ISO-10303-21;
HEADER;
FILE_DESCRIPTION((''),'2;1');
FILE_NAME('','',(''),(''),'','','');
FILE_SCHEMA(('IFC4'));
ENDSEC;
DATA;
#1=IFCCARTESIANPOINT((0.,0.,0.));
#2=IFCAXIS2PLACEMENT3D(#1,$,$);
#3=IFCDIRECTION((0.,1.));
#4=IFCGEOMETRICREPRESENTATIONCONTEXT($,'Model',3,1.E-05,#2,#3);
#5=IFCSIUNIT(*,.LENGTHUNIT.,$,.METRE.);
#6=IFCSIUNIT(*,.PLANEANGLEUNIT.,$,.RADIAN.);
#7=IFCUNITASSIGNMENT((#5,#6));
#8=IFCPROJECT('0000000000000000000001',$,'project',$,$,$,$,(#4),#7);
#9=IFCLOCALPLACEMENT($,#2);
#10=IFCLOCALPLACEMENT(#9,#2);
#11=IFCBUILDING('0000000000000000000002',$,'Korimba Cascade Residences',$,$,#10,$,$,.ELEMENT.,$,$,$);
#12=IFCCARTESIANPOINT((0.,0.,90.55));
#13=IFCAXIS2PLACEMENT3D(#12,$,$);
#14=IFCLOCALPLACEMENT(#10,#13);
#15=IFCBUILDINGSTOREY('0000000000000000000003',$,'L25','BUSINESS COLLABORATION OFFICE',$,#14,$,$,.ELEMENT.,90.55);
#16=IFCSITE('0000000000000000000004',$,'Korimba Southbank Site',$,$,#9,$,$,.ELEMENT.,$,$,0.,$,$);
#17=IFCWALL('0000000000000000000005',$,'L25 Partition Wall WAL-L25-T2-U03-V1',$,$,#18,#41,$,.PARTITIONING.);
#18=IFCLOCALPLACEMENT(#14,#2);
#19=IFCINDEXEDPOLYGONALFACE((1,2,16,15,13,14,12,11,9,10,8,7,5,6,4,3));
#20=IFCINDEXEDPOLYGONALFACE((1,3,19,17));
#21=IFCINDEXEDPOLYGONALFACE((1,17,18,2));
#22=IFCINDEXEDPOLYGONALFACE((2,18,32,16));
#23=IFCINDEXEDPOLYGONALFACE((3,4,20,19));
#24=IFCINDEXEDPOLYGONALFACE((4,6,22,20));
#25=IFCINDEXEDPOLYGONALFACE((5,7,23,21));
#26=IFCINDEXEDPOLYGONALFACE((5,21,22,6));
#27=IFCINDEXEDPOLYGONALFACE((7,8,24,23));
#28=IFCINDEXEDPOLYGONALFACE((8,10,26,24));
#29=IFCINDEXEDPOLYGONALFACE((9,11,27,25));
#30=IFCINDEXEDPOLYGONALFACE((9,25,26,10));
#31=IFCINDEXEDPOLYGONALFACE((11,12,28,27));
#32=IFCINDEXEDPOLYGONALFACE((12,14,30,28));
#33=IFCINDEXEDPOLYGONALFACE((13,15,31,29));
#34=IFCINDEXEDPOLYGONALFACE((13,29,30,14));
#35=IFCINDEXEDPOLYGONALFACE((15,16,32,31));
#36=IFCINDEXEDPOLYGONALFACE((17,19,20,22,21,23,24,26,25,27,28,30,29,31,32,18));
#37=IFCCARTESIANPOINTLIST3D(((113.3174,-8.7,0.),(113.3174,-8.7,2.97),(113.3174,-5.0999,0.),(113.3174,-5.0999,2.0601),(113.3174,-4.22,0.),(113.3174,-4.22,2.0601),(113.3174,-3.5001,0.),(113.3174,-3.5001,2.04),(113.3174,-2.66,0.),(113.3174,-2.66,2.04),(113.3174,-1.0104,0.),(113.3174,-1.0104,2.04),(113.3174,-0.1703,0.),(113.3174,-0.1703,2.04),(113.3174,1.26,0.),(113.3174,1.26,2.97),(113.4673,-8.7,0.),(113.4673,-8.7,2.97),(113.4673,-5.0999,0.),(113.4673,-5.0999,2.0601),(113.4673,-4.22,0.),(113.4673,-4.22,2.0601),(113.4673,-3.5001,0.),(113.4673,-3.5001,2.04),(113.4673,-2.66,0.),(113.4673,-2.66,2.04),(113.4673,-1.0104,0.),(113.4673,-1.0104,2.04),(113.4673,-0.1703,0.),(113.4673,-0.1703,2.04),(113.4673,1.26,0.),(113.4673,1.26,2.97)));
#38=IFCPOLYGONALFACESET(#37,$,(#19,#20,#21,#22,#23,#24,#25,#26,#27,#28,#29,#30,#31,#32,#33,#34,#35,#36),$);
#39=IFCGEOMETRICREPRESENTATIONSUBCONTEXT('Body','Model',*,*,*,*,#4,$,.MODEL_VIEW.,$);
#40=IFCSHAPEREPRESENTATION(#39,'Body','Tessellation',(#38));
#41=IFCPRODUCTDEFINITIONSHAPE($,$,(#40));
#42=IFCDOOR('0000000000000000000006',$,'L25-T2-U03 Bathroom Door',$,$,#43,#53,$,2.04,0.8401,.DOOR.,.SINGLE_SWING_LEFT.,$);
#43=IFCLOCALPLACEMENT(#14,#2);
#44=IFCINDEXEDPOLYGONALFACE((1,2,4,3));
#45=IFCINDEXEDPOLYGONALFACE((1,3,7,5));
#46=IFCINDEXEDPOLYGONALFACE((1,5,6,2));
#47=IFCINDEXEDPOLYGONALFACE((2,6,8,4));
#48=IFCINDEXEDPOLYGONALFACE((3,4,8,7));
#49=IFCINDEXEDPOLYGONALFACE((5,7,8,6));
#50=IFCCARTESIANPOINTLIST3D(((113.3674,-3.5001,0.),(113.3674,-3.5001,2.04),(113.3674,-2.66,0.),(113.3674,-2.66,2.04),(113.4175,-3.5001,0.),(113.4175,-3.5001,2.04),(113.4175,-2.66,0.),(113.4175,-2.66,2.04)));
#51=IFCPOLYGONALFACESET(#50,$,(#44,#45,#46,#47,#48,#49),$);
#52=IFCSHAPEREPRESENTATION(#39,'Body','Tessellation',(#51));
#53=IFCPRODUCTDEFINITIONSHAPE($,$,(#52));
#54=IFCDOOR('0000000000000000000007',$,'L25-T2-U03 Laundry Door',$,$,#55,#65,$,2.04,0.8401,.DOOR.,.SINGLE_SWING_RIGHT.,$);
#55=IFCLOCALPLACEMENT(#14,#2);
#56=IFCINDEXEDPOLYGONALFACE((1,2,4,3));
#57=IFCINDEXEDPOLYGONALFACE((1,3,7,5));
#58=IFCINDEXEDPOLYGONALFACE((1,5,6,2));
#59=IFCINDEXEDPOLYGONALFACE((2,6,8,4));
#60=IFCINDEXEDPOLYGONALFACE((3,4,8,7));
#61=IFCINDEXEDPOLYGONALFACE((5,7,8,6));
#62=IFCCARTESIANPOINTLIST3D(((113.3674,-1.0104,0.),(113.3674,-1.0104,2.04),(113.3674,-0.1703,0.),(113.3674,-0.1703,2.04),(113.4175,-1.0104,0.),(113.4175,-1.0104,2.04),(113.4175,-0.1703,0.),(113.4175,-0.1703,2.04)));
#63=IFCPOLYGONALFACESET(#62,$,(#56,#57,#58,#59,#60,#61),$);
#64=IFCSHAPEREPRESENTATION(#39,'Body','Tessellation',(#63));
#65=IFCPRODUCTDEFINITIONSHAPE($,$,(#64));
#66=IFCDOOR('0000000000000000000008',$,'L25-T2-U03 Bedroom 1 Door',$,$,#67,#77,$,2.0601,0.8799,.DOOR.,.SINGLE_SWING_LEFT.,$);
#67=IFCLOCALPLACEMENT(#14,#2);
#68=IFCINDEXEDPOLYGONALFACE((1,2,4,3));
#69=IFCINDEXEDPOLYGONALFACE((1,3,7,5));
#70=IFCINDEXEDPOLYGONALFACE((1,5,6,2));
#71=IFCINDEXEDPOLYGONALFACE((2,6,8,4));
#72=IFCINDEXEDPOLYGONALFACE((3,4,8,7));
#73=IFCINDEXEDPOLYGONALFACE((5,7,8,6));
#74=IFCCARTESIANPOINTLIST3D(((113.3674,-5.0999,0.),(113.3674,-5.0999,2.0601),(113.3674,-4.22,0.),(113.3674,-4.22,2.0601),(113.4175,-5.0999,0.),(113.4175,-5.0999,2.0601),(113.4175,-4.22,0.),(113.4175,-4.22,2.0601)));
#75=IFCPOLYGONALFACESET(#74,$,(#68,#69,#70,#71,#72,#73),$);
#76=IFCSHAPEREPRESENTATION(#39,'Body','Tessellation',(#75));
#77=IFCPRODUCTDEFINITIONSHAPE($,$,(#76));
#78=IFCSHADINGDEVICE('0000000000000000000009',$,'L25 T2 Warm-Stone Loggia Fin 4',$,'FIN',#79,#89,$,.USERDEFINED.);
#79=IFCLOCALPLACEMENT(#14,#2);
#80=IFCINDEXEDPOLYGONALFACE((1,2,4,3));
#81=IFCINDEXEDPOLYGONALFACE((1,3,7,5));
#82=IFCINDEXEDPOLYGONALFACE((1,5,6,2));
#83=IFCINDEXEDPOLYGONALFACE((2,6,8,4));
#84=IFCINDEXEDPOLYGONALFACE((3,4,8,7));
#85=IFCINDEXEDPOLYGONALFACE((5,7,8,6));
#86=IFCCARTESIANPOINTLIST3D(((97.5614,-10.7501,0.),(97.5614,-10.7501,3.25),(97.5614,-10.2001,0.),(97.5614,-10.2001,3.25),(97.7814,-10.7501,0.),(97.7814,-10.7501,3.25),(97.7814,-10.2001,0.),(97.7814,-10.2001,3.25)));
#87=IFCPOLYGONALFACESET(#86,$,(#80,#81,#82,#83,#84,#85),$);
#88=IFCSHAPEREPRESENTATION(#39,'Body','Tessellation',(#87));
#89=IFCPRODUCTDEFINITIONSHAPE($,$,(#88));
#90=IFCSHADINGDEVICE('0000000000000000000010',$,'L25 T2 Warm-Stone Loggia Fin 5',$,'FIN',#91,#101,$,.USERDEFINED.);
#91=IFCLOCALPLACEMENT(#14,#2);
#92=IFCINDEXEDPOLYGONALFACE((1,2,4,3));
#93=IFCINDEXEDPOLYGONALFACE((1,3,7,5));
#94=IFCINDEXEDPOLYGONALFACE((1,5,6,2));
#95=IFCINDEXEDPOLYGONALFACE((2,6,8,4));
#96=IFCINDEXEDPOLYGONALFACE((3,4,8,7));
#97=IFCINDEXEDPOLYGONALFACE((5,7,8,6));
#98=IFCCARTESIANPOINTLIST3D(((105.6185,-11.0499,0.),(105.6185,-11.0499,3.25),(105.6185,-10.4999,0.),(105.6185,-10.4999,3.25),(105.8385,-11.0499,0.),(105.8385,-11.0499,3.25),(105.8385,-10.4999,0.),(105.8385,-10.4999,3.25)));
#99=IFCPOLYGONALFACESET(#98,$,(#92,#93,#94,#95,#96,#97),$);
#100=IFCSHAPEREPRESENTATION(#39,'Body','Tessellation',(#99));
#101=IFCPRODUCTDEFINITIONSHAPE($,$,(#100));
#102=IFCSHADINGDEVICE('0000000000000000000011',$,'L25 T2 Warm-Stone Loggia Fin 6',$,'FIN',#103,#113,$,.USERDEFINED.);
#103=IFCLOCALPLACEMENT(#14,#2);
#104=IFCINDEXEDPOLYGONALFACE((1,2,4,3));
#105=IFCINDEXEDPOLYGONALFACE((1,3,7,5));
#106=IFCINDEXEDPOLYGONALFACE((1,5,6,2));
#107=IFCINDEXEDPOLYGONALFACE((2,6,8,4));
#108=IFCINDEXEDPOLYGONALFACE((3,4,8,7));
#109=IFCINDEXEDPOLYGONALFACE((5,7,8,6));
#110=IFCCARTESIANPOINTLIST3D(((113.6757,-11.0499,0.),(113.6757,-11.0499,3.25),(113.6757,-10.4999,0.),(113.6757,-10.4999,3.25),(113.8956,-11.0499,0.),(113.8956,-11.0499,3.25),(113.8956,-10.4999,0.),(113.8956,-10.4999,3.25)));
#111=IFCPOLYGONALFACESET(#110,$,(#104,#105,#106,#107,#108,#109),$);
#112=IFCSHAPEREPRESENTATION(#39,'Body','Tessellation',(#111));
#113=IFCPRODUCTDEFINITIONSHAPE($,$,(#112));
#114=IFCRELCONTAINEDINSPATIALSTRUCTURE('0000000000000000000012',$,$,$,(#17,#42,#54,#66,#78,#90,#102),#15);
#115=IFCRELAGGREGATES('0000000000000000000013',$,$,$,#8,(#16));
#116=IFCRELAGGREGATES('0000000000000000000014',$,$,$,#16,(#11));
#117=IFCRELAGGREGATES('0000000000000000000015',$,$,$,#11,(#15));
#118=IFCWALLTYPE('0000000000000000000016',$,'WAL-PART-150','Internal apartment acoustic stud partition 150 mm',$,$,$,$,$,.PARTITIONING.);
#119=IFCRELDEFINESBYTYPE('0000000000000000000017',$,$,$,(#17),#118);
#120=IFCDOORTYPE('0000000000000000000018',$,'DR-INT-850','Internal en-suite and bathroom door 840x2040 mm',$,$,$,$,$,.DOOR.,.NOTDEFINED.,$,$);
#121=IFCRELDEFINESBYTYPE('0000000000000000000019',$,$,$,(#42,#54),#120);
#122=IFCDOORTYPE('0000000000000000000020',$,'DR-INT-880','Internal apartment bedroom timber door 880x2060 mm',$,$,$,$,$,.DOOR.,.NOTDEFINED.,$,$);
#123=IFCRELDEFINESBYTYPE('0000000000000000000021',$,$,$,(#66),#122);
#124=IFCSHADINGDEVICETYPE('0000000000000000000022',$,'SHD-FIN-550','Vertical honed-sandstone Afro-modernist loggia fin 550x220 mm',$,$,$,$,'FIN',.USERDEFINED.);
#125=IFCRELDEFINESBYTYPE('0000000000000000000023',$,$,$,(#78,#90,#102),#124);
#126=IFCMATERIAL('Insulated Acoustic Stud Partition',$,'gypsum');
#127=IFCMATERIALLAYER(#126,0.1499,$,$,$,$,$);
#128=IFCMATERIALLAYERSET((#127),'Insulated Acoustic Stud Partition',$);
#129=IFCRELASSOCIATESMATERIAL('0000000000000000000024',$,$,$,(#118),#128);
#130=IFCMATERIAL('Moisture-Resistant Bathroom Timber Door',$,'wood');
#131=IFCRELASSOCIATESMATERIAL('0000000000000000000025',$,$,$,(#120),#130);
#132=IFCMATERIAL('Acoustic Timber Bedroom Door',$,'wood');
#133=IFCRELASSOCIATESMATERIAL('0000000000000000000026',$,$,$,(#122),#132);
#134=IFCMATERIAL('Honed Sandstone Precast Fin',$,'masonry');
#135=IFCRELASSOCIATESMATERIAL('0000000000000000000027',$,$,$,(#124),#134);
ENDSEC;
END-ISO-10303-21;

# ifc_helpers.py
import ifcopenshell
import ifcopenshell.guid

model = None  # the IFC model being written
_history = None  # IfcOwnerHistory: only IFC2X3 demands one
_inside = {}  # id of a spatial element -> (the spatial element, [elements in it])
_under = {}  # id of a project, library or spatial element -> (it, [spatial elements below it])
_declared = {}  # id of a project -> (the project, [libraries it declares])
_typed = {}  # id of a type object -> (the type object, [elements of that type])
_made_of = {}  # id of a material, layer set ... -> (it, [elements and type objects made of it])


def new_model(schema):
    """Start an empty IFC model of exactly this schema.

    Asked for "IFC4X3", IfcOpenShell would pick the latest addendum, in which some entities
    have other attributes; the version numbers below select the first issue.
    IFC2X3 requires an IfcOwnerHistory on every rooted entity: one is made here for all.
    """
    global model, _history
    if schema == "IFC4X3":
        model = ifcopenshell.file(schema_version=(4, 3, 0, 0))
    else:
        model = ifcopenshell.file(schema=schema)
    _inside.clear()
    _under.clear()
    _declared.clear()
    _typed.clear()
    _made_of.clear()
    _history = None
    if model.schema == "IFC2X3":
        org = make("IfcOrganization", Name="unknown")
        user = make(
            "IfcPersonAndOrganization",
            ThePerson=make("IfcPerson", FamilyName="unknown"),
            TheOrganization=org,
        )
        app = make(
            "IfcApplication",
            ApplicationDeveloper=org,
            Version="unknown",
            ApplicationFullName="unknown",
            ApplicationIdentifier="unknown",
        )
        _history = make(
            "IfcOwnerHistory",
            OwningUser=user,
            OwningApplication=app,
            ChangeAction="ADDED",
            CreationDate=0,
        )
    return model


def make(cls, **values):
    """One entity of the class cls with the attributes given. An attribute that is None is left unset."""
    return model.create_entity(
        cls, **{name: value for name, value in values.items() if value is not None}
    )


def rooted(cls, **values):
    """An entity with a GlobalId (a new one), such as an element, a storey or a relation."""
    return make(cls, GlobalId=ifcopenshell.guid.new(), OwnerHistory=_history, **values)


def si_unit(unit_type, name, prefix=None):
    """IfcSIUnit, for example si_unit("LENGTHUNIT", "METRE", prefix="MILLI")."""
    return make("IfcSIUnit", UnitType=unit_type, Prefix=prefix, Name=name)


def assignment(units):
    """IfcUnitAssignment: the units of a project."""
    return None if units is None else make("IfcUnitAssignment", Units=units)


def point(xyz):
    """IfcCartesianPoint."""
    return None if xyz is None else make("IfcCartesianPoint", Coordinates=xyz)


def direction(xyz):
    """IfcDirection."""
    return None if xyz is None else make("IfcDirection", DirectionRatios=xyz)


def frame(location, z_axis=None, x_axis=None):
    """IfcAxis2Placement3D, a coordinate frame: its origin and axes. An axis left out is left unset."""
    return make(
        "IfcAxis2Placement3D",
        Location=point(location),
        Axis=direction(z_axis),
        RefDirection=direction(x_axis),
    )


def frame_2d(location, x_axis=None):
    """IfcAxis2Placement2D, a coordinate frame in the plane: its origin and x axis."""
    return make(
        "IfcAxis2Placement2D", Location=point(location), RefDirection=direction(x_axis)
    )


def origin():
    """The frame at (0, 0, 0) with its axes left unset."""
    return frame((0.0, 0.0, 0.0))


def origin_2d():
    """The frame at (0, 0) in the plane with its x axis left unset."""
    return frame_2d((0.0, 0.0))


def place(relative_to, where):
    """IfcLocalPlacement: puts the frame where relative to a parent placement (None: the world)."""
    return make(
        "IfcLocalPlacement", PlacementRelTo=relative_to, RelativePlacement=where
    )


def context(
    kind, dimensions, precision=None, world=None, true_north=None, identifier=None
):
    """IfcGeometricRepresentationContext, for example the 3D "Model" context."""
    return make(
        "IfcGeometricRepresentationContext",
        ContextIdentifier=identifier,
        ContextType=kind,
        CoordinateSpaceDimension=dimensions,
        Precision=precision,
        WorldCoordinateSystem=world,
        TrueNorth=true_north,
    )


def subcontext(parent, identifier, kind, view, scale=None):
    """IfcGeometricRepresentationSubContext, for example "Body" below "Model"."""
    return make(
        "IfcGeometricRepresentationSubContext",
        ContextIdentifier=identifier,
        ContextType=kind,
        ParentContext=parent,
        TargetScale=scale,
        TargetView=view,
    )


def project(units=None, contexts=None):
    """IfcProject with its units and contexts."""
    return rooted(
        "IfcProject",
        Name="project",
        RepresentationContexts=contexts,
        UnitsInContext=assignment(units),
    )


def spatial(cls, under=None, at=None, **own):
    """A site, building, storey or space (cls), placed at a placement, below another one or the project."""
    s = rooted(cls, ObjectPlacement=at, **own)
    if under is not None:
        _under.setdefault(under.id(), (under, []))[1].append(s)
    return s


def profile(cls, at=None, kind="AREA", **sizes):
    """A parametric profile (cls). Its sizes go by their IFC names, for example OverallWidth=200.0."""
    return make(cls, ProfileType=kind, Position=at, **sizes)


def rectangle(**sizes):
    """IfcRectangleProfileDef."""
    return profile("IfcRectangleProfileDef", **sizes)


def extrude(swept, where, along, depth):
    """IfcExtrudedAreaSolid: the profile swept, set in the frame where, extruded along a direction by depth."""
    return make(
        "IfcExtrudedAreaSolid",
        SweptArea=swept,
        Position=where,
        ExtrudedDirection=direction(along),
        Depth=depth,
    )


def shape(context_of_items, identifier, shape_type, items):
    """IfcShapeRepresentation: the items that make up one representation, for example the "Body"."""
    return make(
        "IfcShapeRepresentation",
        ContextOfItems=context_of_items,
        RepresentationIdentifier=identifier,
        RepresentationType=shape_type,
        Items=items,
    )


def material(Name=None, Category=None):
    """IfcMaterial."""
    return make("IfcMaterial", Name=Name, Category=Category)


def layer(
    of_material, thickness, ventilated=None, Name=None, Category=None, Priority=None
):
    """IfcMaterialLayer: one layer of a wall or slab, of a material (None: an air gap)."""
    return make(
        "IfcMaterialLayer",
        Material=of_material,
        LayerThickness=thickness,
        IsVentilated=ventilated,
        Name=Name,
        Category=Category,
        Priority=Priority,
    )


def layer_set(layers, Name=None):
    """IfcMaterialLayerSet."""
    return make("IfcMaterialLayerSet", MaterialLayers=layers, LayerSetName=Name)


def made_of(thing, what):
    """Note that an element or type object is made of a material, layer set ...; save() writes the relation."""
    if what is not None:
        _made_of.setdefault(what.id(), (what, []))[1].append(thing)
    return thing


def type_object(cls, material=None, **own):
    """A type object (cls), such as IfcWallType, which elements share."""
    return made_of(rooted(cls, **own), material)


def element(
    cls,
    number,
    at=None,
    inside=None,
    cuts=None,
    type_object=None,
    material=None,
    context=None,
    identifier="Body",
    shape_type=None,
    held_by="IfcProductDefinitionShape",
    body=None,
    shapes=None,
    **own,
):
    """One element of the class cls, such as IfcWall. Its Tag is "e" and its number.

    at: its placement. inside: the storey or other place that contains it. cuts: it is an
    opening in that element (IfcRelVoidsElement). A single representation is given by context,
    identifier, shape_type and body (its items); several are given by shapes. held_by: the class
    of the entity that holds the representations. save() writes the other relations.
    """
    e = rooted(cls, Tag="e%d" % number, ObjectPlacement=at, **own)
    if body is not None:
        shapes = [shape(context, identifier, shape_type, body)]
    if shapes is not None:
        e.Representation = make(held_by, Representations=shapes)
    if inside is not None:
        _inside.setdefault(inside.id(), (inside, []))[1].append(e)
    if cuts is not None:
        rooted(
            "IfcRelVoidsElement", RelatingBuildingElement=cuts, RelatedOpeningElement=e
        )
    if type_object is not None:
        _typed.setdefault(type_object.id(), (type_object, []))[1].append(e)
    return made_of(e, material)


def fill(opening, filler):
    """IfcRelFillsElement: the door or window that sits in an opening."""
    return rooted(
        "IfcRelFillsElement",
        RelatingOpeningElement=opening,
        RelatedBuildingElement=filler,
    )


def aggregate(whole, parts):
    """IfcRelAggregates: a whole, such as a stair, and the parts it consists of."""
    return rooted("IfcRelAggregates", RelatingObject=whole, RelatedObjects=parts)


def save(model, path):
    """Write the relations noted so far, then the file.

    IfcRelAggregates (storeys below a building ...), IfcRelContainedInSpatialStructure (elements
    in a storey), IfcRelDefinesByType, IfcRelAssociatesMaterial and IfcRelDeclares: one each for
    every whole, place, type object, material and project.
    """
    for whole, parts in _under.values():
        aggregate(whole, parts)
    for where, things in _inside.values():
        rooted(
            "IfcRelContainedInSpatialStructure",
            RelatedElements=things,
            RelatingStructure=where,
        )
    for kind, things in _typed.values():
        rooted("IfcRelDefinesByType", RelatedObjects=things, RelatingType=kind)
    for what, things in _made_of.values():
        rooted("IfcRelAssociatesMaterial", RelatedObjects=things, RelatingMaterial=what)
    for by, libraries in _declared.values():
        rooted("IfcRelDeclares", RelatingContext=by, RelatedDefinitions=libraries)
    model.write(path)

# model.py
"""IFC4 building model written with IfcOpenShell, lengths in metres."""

from ifc_helpers import new_model, si_unit, direction, frame, frame_2d, origin, origin_2d, place, context, subcontext, project, spatial, rectangle, extrude, material, layer, layer_set, type_object, element, fill, save


model = new_model("IFC4")

# Units and contexts
model_context = context("Model", 3, precision=1e-05, world=origin(), true_north=direction((0.0, 1.0)))
body_context = subcontext(model_context, "Body", "Model", "MODEL_VIEW")
ifc_project = project(units=[si_unit("LENGTHUNIT", "METRE"), si_unit("PLANEANGLEUNIT", "RADIAN")], contexts=[model_context])

# Site, building, storey
site_placement = place(None, origin())
site = spatial("IfcSite", under=ifc_project, at=site_placement, Name="Korimba Southbank Site", CompositionType="ELEMENT", RefElevation=0.0)
building_placement = place(site_placement, origin())
building = spatial("IfcBuilding", under=site, at=building_placement, Name="Korimba Cascade Residences", CompositionType="ELEMENT")
storey_placement = place(building_placement, frame((0.0, 0.0, 90.55)))
storey = spatial("IfcBuildingStorey", under=building, at=storey_placement, Name="L25", Description="BUSINESS COLLABORATION OFFICE", CompositionType="ELEMENT", Elevation=90.55)

# Shared definitions
ifc_material_1 = material(Name="Insulated Acoustic Stud Partition", Category="gypsum")
ifc_layer_1 = layer(ifc_material_1, 0.1499)
ifc_layer_set_1 = layer_set([ifc_layer_1], Name="Insulated Acoustic Stud Partition")
wall_type_1 = type_object("IfcWallType", Name="WAL-PART-150", Description="Internal apartment acoustic stud partition 150 mm", PredefinedType="PARTITIONING", material=ifc_layer_set_1)

# Wall, openings, doors
wall_1_placement = place(storey_placement, frame((113.3923, -8.7, 0.0), z_axis=(0.0, 0.0, 1.0), x_axis=(0.0, 1.0, 0.0)))
wall_1 = element("IfcWall", 1, at=wall_1_placement, inside=storey, type_object=wall_type_1, Name="L25 Partition Wall WAL-L25-T2-U03-V1", PredefinedType="PARTITIONING", context=body_context, shape_type="SweptSolid", body=[
    extrude(rectangle(XDim=9.96, YDim=0.1499, at=frame_2d((4.98, 0.0))), origin(), (0.0, 0.0, 1.0), 2.97),
])
opening_1_placement = place(wall_1_placement, frame((5.2, 0.0, 0.0)))
opening_1 = element("IfcOpeningElement", 2, at=opening_1_placement, cuts=wall_1, PredefinedType="OPENING", context=body_context, shape_type="SweptSolid", body=[
    extrude(rectangle(XDim=0.8401, YDim=2.04, at=frame_2d((0.4199, 1.02))), frame((0.0, 0.085, 0.0), z_axis=(0.0, -1.0, 0.0), x_axis=(1.0, 0.0, 0.0)), (0.0, 0.0, 1.0), 0.1699),
])
opening_2_placement = place(wall_1_placement, frame((7.6897, 0.0, 0.0)))
opening_2 = element("IfcOpeningElement", 3, at=opening_2_placement, cuts=wall_1, PredefinedType="OPENING", context=body_context, shape_type="SweptSolid", body=[
    extrude(rectangle(XDim=0.8401, YDim=2.04, at=frame_2d((0.4199, 1.02))), frame((0.0, 0.085, 0.0), z_axis=(0.0, -1.0, 0.0), x_axis=(1.0, 0.0, 0.0)), (0.0, 0.0, 1.0), 0.1699),
])
opening_3_placement = place(wall_1_placement, frame((3.6001, 0.0, 0.0)))
opening_3 = element("IfcOpeningElement", 4, at=opening_3_placement, cuts=wall_1, PredefinedType="OPENING", context=body_context, shape_type="SweptSolid", body=[
    extrude(rectangle(XDim=0.8799, YDim=2.0601, at=frame_2d((0.4399, 1.03))), frame((0.0, 0.085, 0.0), z_axis=(0.0, -1.0, 0.0), x_axis=(1.0, 0.0, 0.0)), (0.0, 0.0, 1.0), 0.1699),
])
ifc_material_2 = material(Name="Moisture-Resistant Bathroom Timber Door", Category="wood")
door_type_1 = type_object("IfcDoorType", Name="DR-INT-850", Description="Internal en-suite and bathroom door 840x2040 mm", OperationType="NOTDEFINED", PredefinedType="DOOR", material=ifc_material_2)
door_1_placement = place(opening_1_placement, origin())
door_1 = element("IfcDoor", 5, at=door_1_placement, inside=storey, type_object=door_type_1, Name="L25-T2-U03 Bathroom Door", OperationType="SINGLE_SWING_LEFT", OverallHeight=2.04, OverallWidth=0.8401, PredefinedType="DOOR", context=body_context, shape_type="SweptSolid", body=[
    extrude(rectangle(XDim=0.8401, YDim=2.04, at=frame_2d((0.4199, 1.02))), frame((0.0, 0.0249, 0.0), z_axis=(0.0, -1.0, 0.0), x_axis=(1.0, 0.0, 0.0)), (0.0, 0.0, 1.0), 0.05),
])
fill(opening_1, door_1)
door_2_placement = place(opening_2_placement, origin())
door_2 = element("IfcDoor", 6, at=door_2_placement, inside=storey, type_object=door_type_1, Name="L25-T2-U03 Laundry Door", OperationType="SINGLE_SWING_RIGHT", OverallHeight=2.04, OverallWidth=0.8401, PredefinedType="DOOR", context=body_context, shape_type="SweptSolid", body=[
    extrude(rectangle(XDim=0.8401, YDim=2.04, at=frame_2d((0.4199, 1.02))), frame((0.0, 0.0249, 0.0), z_axis=(0.0, -1.0, 0.0), x_axis=(1.0, 0.0, 0.0)), (0.0, 0.0, 1.0), 0.05),
])
fill(opening_2, door_2)
ifc_material_3 = material(Name="Acoustic Timber Bedroom Door", Category="wood")
door_type_2 = type_object("IfcDoorType", Name="DR-INT-880", Description="Internal apartment bedroom timber door 880x2060 mm", OperationType="NOTDEFINED", PredefinedType="DOOR", material=ifc_material_3)
door_3_placement = place(opening_3_placement, origin())
door_3 = element("IfcDoor", 7, at=door_3_placement, inside=storey, type_object=door_type_2, Name="L25-T2-U03 Bedroom 1 Door", OperationType="SINGLE_SWING_LEFT", OverallHeight=2.0601, OverallWidth=0.8799, PredefinedType="DOOR", context=body_context, shape_type="SweptSolid", body=[
    extrude(rectangle(XDim=0.8799, YDim=2.0601, at=frame_2d((0.4399, 1.03))), frame((0.0, 0.0249, 0.0), z_axis=(0.0, -1.0, 0.0), x_axis=(1.0, 0.0, 0.0)), (0.0, 0.0, 1.0), 0.05),
])
fill(opening_3, door_3)

# Shading devices
ifc_material_4 = material(Name="Honed Sandstone Precast Fin", Category="masonry")
shading_device_type = type_object("IfcShadingDeviceType", Name="SHD-FIN-550", Description="Vertical honed-sandstone Afro-modernist loggia fin 550x220 mm", ElementType="FIN", PredefinedType="USERDEFINED", material=ifc_material_4)
for number, where, z_axis, x_axis, name in (
    (8, (97.6714, -10.4751, 0.0), (0.0, 0.0, 1.0), (1.0, 0.0, 0.0), "L25 T2 Warm-Stone Loggia Fin 4"),
    (9, (105.7285, -10.7749, 0.0), (0.0, 0.0, 1.0), (1.0, 0.0, 0.0), "L25 T2 Warm-Stone Loggia Fin 5"),
    (10, (113.7856, -10.7749, 0.0), (0.0, 0.0, 1.0), (1.0, 0.0, 0.0), "L25 T2 Warm-Stone Loggia Fin 6"),
):
    element("IfcShadingDevice", number, at=place(storey_placement, frame(where, z_axis=z_axis, x_axis=x_axis)), inside=storey, type_object=shading_device_type, Name=name, ObjectType="FIN", PredefinedType="USERDEFINED", context=body_context, shape_type="SweptSolid", body=[
        extrude(rectangle(XDim=0.22, YDim=0.55, at=origin_2d()), origin(), (0.0, 0.0, 1.0), 3.25),
    ])

save(model, "model.ifc")
